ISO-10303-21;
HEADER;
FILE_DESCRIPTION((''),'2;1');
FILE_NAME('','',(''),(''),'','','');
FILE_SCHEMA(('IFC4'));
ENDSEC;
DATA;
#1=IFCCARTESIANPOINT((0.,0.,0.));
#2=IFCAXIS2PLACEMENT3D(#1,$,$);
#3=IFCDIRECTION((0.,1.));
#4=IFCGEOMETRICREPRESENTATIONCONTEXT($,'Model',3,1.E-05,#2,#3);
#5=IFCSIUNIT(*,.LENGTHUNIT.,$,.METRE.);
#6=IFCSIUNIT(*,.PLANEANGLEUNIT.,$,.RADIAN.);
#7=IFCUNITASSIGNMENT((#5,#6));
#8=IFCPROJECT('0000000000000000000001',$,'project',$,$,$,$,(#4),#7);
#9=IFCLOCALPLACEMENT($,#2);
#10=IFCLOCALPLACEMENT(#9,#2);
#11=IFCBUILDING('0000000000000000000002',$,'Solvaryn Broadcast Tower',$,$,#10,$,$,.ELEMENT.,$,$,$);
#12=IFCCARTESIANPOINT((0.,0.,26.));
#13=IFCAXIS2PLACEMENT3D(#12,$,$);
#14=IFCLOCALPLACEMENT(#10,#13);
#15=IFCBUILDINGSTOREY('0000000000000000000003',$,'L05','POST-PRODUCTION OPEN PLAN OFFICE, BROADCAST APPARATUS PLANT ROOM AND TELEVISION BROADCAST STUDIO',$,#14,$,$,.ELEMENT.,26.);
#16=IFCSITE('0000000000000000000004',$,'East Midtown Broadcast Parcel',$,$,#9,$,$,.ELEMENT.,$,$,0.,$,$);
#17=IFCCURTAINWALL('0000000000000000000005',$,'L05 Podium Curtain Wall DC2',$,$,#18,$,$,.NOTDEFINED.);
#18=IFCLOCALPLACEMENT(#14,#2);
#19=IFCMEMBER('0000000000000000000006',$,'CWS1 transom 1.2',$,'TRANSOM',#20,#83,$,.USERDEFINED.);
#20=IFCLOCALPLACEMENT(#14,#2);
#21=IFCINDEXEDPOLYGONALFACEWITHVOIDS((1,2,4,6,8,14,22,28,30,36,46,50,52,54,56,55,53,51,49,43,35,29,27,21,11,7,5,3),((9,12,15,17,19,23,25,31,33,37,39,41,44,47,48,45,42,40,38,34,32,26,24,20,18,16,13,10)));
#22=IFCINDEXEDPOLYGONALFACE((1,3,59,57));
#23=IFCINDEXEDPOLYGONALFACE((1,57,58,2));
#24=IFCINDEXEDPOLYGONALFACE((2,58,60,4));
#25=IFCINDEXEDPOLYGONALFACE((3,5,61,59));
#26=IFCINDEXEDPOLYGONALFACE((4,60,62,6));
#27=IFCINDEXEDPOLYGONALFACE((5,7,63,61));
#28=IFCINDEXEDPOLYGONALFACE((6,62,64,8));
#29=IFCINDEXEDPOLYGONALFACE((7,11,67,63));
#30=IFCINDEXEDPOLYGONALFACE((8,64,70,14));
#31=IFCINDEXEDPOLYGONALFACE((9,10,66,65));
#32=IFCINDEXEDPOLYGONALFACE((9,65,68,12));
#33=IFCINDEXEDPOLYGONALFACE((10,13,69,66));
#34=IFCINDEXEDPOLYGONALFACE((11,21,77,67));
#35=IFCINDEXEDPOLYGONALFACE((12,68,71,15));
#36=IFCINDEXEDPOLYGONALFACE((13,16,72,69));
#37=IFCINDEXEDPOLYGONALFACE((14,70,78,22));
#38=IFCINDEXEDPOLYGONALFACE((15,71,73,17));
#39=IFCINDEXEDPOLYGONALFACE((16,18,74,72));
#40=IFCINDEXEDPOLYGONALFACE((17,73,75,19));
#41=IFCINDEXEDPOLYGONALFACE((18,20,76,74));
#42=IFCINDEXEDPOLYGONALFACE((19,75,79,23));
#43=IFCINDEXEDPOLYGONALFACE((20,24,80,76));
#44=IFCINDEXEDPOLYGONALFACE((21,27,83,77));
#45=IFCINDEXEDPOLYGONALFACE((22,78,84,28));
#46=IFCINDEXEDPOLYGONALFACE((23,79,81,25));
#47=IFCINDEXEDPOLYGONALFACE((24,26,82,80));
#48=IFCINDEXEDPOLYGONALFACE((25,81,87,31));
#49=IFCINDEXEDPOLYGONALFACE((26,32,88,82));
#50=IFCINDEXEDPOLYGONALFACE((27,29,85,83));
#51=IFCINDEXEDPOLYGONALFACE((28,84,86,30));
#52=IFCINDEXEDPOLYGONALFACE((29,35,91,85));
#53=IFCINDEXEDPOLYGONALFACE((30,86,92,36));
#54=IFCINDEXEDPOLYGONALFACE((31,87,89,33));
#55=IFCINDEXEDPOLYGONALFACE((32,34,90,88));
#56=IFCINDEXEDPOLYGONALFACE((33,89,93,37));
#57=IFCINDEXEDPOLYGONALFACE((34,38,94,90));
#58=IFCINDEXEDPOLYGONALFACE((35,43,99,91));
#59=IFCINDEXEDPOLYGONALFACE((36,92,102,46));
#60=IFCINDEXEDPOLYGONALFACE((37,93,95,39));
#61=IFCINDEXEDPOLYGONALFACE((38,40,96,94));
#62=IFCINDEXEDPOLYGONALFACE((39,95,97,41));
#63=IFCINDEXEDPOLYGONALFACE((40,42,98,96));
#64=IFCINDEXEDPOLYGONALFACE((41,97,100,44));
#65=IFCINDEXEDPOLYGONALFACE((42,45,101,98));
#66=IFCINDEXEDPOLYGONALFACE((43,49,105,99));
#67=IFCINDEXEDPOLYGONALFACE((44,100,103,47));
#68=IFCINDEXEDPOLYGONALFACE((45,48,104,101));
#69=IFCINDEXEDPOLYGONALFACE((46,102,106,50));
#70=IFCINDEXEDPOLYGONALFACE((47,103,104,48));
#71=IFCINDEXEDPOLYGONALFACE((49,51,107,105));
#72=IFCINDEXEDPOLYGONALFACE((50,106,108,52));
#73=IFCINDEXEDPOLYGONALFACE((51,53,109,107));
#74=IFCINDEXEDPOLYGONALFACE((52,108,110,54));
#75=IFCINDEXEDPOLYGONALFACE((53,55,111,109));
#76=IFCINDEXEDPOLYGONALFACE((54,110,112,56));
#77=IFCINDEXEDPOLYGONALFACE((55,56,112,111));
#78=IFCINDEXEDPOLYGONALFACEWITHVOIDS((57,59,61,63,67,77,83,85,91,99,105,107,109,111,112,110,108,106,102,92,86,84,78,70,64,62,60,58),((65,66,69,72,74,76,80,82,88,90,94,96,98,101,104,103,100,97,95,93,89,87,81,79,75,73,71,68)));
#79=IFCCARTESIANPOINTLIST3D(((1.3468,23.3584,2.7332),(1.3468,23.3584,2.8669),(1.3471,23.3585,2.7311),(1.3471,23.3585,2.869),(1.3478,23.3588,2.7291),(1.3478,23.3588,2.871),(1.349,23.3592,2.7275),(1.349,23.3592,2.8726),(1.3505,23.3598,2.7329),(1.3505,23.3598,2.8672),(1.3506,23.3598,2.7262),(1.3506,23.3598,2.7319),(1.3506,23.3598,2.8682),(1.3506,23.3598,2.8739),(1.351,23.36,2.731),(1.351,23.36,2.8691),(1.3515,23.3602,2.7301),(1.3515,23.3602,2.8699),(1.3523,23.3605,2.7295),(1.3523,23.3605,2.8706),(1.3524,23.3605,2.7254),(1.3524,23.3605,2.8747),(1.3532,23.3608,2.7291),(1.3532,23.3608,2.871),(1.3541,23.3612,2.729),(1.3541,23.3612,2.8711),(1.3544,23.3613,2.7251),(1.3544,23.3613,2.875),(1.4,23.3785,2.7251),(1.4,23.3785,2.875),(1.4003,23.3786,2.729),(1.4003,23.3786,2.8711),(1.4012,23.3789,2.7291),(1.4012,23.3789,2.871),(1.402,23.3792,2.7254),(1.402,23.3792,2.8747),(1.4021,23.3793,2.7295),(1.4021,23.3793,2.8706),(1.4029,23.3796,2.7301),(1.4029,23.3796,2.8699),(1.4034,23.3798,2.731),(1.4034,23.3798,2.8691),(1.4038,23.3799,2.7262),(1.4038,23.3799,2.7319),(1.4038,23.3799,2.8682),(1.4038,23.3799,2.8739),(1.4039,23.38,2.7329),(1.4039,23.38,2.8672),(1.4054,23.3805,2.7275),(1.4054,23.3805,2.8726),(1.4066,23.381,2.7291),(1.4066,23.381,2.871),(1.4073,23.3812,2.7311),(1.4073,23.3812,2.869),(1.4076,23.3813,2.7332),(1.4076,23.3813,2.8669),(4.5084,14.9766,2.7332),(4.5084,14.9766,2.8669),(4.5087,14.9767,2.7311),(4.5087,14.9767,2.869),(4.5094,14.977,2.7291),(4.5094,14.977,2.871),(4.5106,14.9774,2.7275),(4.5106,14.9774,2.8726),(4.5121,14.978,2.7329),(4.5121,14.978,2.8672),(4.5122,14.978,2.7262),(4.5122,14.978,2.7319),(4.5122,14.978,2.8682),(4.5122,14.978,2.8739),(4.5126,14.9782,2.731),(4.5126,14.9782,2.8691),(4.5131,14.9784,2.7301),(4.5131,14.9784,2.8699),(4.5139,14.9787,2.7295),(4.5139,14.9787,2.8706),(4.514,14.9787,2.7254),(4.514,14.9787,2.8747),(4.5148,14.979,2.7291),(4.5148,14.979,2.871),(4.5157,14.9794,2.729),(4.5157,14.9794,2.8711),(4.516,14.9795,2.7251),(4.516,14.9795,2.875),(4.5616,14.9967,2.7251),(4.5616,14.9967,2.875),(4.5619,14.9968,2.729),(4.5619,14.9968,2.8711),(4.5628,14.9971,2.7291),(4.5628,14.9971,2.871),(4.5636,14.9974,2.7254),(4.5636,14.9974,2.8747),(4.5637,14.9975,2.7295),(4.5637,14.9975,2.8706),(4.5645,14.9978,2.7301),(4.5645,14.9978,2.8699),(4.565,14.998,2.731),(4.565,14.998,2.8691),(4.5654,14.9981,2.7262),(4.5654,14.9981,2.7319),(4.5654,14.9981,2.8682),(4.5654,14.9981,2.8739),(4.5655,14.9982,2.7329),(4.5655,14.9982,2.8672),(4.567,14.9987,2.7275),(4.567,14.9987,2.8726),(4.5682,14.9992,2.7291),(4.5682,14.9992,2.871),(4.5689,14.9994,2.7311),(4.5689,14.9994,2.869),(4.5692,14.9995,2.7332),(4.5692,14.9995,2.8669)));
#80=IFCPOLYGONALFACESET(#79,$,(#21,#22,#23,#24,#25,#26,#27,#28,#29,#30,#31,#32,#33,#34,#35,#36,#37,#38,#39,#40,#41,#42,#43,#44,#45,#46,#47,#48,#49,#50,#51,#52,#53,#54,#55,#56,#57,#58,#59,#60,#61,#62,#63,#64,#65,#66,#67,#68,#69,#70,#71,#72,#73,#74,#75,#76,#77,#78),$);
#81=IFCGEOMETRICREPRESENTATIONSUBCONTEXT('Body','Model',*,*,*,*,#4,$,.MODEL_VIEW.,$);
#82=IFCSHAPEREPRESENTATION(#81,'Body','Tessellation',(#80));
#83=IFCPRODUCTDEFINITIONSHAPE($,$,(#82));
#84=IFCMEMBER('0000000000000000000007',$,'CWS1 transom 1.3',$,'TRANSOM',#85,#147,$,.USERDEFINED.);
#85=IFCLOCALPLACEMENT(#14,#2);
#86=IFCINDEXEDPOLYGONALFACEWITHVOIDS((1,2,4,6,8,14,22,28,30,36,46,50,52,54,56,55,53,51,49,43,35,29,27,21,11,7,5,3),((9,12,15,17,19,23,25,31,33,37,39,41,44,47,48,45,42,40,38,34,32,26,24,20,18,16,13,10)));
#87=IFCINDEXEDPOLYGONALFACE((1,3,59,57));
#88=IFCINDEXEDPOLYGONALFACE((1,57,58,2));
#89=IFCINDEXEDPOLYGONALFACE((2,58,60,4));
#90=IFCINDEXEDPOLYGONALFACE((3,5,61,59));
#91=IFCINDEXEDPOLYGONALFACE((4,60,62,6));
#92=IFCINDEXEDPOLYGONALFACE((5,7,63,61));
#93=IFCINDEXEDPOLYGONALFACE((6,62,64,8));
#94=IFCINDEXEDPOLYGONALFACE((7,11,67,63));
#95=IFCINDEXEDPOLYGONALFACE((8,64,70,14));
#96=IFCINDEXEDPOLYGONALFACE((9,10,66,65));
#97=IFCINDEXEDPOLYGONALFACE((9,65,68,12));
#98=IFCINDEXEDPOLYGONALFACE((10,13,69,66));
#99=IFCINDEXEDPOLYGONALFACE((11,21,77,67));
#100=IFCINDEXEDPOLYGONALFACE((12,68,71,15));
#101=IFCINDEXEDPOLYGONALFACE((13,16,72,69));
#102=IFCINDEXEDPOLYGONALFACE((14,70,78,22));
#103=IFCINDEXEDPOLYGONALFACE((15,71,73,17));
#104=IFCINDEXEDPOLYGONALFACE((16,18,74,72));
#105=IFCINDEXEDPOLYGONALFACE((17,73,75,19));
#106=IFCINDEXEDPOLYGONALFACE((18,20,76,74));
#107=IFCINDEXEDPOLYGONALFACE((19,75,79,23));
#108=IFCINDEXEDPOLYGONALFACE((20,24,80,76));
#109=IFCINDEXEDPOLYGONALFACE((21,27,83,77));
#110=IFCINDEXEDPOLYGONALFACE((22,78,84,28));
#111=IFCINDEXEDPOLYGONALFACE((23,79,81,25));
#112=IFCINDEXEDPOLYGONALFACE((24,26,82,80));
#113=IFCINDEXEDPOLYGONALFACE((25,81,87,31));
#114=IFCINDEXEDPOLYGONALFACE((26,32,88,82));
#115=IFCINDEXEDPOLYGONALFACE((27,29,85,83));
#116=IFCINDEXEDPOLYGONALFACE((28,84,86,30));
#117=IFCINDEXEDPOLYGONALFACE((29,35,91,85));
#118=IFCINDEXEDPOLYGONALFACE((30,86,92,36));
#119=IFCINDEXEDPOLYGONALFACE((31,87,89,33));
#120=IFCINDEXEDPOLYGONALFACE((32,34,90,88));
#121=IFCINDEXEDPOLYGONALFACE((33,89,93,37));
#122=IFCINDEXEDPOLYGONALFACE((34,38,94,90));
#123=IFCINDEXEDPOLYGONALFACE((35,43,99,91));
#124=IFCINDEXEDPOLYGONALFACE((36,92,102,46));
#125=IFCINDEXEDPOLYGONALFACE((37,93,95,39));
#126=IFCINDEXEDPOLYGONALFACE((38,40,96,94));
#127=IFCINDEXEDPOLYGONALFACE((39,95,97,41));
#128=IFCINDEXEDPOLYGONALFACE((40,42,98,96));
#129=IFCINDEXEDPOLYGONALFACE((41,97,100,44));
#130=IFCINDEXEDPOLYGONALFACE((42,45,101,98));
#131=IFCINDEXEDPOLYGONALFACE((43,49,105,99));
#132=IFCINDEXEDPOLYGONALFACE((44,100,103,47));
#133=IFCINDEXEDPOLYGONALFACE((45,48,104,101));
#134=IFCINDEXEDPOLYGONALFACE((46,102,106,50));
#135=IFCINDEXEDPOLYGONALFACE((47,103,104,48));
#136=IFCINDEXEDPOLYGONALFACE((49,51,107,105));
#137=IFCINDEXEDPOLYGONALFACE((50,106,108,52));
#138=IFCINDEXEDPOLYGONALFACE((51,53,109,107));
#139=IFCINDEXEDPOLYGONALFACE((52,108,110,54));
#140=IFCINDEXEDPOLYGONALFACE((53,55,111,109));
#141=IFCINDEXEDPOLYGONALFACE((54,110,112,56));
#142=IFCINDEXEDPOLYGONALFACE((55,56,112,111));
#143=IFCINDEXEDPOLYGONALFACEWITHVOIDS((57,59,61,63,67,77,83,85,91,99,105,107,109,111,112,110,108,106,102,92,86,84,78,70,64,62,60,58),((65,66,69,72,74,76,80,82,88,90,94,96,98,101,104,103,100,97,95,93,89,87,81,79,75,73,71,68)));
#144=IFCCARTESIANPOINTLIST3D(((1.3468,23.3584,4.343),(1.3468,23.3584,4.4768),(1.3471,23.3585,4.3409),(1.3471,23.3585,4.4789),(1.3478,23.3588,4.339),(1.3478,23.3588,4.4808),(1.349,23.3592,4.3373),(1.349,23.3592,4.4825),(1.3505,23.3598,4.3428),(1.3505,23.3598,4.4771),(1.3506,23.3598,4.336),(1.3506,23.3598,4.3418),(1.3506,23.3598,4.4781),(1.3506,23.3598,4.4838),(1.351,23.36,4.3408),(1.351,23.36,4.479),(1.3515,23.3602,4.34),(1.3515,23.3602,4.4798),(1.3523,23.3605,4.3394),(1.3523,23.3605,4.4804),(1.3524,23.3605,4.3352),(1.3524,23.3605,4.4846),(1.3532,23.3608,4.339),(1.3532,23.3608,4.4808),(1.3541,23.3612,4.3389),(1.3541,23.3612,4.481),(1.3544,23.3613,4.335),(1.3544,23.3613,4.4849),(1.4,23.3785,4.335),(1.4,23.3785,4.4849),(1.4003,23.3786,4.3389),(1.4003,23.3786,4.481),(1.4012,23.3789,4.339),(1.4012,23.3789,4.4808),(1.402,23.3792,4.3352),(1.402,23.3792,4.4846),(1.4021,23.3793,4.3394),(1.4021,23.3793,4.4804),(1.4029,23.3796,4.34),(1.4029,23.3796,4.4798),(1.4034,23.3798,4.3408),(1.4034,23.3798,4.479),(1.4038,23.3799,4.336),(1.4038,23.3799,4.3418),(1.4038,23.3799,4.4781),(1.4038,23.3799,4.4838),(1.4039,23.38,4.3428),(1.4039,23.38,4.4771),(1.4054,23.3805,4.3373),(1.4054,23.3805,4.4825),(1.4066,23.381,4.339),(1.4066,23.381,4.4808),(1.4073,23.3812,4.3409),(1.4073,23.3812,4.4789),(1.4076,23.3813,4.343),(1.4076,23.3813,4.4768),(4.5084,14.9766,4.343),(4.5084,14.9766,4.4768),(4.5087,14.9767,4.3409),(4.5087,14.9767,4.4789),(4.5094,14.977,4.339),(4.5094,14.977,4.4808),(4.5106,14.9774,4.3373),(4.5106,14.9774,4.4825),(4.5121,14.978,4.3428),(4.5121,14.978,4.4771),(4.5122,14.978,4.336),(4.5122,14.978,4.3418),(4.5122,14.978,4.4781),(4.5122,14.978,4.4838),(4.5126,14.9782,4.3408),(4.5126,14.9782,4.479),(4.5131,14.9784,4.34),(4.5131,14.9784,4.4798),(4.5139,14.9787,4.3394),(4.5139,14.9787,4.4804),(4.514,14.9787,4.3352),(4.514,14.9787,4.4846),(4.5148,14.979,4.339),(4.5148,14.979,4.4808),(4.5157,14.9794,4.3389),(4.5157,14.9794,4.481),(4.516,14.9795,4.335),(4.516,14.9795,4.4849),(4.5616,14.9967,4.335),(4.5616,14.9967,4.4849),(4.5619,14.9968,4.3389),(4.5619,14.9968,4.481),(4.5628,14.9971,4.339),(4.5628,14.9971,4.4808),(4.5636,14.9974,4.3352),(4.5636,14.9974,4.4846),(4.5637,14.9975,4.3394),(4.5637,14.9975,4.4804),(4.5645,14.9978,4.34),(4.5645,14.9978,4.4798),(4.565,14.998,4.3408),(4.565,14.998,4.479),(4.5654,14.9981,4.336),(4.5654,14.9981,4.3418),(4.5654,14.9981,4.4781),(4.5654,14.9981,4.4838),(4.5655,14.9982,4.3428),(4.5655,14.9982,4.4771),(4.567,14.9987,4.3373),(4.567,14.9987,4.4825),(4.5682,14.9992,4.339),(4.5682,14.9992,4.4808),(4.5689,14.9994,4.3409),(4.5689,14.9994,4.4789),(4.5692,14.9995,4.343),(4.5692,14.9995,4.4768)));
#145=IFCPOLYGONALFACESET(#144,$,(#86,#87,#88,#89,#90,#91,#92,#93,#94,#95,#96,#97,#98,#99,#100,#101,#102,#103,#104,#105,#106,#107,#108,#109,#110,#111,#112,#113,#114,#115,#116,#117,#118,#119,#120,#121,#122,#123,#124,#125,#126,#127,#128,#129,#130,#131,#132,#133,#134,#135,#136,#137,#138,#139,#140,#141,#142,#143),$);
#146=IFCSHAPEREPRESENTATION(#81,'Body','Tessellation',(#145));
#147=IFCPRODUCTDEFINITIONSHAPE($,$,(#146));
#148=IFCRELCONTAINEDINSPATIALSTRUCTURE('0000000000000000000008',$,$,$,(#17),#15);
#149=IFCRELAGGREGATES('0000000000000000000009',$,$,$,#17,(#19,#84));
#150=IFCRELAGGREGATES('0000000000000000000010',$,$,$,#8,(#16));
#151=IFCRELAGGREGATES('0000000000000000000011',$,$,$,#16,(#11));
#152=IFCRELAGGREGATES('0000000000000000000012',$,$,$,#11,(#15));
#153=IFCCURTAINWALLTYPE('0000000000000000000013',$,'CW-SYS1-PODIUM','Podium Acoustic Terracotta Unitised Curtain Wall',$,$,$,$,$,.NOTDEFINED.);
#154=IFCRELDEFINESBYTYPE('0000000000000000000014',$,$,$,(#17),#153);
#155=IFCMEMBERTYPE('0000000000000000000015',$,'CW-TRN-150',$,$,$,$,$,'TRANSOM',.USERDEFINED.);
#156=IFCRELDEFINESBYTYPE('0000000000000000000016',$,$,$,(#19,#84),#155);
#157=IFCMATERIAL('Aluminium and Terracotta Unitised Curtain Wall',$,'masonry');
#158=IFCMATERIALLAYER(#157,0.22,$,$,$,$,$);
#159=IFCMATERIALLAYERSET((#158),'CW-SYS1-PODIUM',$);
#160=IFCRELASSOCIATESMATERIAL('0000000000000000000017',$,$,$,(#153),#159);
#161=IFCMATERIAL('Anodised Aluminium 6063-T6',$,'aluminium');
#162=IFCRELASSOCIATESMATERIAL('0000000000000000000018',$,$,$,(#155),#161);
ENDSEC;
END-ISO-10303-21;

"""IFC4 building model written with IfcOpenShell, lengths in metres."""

from ifc_helpers import new_model, si_unit, direction, frame, origin, origin_2d, place, context, subcontext, project, spatial, hollow_rectangle, extrude, material, layer, layer_set, material_profile, profile_set, type_object, element, aggregate, save


model = new_model("IFC4")

# Units and contexts
model_context = context("Model", 3, precision=1e-05, world=origin(), true_north=direction((0.0, 1.0)))
body_context = subcontext(model_context, "Body", "Model", "MODEL_VIEW")
ifc_project = project(units=[si_unit("LENGTHUNIT", "METRE"), si_unit("PLANEANGLEUNIT", "RADIAN")], contexts=[model_context])

# Site, building, storey
site_placement = place(None, origin())
site = spatial("IfcSite", under=ifc_project, at=site_placement, Name="East Midtown Broadcast Parcel", CompositionType="ELEMENT", RefElevation=0.0)
building_placement = place(site_placement, origin())
building = spatial("IfcBuilding", under=site, at=building_placement, Name="Solvaryn Broadcast Tower", CompositionType="ELEMENT")
storey_placement = place(building_placement, frame((0.0, 0.0, 26.0)))
storey = spatial("IfcBuildingStorey", under=building, at=storey_placement, Name="L05", Description="POST-PRODUCTION OPEN PLAN OFFICE, BROADCAST APPARATUS PLANT ROOM AND TELEVISION BROADCAST STUDIO", CompositionType="ELEMENT", Elevation=26.0)

# Shared definitions
ifc_material_1 = material(Name="Aluminium and Terracotta Unitised Curtain Wall", Category="masonry")
ifc_layer_1 = layer(ifc_material_1, 0.22)
ifc_layer_set_1 = layer_set([ifc_layer_1], Name="CW-SYS1-PODIUM")
curtain_wall_type = type_object("IfcCurtainWallType", Name="CW-SYS1-PODIUM", Description="Podium Acoustic Terracotta Unitised Curtain Wall", PredefinedType="NOTDEFINED", material=ifc_layer_set_1)

# Curtain wall
curtain_wall_1_placement = place(storey_placement, origin())
curtain_wall_1 = element("IfcCurtainWall", 1, at=curtain_wall_1_placement, inside=storey, type_object=curtain_wall_type, Name="L05 Podium Curtain Wall DC2", PredefinedType="NOTDEFINED")

# Members
ifc_material_2 = material(Name="Anodised Aluminium 6063-T6", Category="aluminium")
ifc_material_profile_1 = material_profile(ifc_material_2, hollow_rectangle(XDim=0.0649, YDim=0.1499, WallThickness=0.0039, InnerFilletRadius=0.0039, OuterFilletRadius=0.0081, at=origin_2d()))
ifc_profile_set_1 = profile_set([ifc_material_profile_1], Name="Anodised Aluminium 6063-T6")
member_type_1 = type_object("IfcMemberType", Name="CW-TRN-150", ElementType="TRANSOM", PredefinedType="USERDEFINED", material=ifc_profile_set_1)
member_1_placement = place(storey_placement, frame((1.3772, 23.3699, 2.8), z_axis=(0.352927, -0.935651, 0.0), x_axis=(0.935651, 0.352927, 0.0)))
member_1 = element("IfcMember", 2, at=member_1_placement, type_object=member_type_1, Name="CWS1 transom 1.2", ObjectType="TRANSOM", PredefinedType="USERDEFINED", context=body_context, shape_type="SweptSolid", body=[
    extrude(hollow_rectangle(XDim=0.0649, YDim=0.1499, WallThickness=0.0039, InnerFilletRadius=0.0039, OuterFilletRadius=0.0081, at=origin_2d()), origin(), (0.0, 0.0, 1.0), 8.9583),
])
member_2_placement = place(storey_placement, frame((1.3772, 23.3699, 4.4099), z_axis=(0.352927, -0.935651, 0.0), x_axis=(0.935651, 0.352927, 0.0)))
member_2 = element("IfcMember", 3, at=member_2_placement, type_object=member_type_1, Name="CWS1 transom 1.3", ObjectType="TRANSOM", PredefinedType="USERDEFINED", context=body_context, shape_type="SweptSolid", body=[
    extrude(hollow_rectangle(XDim=0.0649, YDim=0.1499, WallThickness=0.0039, InnerFilletRadius=0.0039, OuterFilletRadius=0.0081, at=origin_2d()), origin(), (0.0, 0.0, 1.0), 8.9583),
])

aggregate(curtain_wall_1, [member_1, member_2])

save(model, "model.ifc")
